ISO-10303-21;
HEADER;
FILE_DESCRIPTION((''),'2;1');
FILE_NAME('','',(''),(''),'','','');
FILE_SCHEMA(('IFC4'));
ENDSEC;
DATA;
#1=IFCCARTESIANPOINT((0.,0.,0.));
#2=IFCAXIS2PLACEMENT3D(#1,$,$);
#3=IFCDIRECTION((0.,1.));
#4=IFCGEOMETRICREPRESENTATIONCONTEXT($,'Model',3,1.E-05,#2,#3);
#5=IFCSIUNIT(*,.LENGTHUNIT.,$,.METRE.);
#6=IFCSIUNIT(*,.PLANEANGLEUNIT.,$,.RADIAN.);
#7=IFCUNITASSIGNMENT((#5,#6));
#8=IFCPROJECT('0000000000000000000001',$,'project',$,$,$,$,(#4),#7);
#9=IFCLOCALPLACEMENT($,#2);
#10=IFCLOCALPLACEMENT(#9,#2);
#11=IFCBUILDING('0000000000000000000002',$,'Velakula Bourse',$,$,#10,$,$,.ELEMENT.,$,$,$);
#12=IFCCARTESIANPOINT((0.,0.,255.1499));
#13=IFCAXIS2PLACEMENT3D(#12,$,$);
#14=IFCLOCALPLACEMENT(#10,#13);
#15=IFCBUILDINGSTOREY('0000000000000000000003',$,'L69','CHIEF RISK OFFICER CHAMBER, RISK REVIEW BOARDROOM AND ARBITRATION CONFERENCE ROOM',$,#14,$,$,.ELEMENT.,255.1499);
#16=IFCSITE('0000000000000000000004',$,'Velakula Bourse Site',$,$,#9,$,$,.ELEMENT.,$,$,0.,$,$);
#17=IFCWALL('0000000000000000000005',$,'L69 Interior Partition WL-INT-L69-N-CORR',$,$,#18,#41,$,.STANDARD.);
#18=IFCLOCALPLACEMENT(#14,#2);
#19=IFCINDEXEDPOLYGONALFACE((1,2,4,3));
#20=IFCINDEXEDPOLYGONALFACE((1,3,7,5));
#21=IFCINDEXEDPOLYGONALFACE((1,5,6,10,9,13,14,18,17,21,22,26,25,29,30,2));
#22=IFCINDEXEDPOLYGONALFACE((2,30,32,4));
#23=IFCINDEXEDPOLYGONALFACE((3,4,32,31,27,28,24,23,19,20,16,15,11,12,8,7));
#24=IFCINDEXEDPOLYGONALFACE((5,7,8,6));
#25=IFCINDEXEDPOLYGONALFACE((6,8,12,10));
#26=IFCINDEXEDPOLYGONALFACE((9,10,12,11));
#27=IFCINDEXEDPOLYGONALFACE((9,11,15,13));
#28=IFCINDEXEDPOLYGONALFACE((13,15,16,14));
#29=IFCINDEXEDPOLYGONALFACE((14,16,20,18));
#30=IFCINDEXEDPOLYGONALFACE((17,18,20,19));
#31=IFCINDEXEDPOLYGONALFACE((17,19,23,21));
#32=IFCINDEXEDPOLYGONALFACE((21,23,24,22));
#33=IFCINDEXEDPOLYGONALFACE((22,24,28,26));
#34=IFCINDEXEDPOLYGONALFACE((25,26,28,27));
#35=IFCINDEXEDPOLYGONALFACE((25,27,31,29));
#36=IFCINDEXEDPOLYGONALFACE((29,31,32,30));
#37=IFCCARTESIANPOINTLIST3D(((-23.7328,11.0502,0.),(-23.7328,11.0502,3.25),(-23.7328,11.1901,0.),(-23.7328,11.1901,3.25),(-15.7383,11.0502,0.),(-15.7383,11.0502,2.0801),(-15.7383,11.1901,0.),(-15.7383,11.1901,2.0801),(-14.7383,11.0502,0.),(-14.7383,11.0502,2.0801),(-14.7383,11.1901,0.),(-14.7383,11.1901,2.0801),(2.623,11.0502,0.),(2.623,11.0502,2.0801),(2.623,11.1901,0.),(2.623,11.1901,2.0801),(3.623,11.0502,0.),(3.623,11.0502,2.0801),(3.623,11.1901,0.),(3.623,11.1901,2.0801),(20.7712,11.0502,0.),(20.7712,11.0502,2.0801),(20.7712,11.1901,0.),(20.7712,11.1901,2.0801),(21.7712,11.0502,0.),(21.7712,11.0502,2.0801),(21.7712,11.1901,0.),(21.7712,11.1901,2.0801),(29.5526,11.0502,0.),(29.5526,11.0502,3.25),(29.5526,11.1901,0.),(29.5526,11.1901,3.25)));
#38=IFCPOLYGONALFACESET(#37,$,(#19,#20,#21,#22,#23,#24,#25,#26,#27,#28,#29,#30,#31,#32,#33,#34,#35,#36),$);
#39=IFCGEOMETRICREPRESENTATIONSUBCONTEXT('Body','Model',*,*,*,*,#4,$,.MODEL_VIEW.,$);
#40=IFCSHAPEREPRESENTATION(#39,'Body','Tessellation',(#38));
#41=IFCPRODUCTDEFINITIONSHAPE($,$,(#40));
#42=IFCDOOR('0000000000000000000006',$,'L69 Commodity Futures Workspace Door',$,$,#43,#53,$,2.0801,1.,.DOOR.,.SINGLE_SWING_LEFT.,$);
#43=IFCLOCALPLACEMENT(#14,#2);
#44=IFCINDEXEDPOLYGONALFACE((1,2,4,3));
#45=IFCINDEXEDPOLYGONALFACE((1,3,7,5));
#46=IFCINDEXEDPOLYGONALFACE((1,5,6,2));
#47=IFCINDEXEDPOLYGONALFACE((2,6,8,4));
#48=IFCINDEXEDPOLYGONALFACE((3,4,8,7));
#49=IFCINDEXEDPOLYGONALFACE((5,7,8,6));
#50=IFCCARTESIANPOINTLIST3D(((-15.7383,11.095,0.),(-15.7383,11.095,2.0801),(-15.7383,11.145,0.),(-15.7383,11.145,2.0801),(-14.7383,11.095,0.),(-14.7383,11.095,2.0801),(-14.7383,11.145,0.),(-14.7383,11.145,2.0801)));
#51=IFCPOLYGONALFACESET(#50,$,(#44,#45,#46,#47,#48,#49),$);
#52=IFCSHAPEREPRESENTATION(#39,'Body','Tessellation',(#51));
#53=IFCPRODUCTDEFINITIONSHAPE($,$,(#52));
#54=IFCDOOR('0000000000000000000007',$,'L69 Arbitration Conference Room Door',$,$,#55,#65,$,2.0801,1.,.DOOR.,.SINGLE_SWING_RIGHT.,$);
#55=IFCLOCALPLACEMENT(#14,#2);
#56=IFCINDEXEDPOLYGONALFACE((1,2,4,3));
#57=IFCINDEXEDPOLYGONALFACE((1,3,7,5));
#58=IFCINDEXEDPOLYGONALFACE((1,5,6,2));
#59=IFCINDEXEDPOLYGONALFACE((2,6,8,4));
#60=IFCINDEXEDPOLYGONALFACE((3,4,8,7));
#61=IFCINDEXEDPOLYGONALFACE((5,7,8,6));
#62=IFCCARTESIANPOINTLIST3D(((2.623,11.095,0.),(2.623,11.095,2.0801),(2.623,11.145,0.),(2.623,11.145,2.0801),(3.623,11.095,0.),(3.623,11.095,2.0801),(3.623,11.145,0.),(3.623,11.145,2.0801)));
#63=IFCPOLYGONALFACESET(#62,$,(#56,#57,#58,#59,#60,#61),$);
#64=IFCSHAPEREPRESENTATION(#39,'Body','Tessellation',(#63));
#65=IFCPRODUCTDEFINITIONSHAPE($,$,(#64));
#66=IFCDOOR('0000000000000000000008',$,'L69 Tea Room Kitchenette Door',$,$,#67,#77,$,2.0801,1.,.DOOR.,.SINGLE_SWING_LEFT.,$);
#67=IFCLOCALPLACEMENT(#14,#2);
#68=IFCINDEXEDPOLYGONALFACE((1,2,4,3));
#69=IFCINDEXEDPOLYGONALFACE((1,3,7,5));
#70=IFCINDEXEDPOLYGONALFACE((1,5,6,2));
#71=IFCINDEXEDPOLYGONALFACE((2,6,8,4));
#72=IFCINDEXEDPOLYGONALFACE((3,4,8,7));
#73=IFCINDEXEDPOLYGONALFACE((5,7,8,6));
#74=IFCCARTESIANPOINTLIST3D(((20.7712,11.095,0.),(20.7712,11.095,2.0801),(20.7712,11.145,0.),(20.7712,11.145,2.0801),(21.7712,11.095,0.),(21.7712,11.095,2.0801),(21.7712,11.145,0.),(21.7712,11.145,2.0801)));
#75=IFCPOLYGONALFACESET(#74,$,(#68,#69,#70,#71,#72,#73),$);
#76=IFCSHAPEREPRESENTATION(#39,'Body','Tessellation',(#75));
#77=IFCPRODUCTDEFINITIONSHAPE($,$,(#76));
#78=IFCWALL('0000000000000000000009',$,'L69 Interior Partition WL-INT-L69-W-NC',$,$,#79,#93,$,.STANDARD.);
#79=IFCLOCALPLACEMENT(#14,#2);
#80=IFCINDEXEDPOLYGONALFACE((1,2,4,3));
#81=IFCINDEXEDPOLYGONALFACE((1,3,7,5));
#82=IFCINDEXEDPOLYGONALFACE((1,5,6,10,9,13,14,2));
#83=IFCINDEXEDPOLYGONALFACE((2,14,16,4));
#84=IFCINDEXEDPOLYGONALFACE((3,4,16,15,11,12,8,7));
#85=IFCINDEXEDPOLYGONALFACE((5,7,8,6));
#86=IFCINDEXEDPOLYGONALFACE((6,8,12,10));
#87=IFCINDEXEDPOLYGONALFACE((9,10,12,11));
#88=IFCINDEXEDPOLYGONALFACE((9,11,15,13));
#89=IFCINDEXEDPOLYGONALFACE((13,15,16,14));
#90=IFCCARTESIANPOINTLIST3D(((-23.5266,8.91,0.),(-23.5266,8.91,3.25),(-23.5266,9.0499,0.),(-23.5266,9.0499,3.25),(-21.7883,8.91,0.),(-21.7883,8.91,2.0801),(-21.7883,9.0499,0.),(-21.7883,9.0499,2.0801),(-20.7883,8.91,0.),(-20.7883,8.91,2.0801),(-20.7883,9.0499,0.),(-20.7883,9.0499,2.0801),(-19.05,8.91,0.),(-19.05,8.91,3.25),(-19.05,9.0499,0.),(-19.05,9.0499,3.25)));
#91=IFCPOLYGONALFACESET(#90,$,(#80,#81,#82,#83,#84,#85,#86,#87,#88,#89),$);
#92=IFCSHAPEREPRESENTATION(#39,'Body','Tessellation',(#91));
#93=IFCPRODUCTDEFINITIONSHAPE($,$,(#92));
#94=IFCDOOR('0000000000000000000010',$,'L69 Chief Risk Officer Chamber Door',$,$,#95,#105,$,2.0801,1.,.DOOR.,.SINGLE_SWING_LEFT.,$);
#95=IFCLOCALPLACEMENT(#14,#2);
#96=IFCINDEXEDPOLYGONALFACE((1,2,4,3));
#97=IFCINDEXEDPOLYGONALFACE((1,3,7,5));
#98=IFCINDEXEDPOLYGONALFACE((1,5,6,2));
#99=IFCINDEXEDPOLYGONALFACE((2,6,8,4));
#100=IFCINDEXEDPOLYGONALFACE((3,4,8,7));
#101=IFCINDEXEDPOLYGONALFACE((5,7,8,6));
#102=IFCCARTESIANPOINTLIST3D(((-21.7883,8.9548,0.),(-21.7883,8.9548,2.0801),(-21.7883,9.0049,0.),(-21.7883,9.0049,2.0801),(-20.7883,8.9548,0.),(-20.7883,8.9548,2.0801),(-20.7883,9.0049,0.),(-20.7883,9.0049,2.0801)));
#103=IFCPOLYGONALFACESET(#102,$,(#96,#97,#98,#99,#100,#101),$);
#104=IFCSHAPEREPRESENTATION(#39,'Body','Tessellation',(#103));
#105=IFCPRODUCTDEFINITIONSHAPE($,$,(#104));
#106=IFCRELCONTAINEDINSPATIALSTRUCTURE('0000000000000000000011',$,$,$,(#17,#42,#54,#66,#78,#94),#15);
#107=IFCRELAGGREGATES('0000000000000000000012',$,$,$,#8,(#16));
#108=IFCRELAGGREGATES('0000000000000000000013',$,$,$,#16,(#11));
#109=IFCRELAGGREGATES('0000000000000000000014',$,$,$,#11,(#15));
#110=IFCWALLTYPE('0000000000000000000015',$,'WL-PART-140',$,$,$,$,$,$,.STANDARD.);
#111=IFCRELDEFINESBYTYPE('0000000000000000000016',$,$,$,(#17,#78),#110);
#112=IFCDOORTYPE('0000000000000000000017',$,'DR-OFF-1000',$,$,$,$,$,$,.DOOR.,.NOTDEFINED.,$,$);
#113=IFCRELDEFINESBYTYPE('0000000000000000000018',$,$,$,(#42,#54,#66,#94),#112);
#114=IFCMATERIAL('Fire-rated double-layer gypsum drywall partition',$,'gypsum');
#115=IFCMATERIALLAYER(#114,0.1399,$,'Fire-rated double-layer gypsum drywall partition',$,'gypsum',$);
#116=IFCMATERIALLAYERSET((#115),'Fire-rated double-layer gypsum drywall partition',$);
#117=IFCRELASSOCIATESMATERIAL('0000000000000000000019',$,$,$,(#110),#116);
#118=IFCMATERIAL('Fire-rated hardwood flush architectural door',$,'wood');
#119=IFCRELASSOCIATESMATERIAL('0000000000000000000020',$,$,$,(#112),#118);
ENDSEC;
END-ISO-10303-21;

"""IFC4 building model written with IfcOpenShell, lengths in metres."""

from ifc_helpers import new_model, si_unit, direction, frame, frame_2d, origin, place, context, subcontext, project, spatial, rectangle, extrude, material, layer, layer_set, type_object, element, fill, save


model = new_model("IFC4")

# Units and contexts
model_context = context("Model", 3, precision=1e-05, world=origin(), true_north=direction((0.0, 1.0)))
body_context = subcontext(model_context, "Body", "Model", "MODEL_VIEW")
ifc_project = project(units=[si_unit("LENGTHUNIT", "METRE"), si_unit("PLANEANGLEUNIT", "RADIAN")], contexts=[model_context])

# Site, building, storey
site_placement = place(None, origin())
site = spatial("IfcSite", under=ifc_project, at=site_placement, Name="Velakula Bourse Site", CompositionType="ELEMENT", RefElevation=0.0)
building_placement = place(site_placement, origin())
building = spatial("IfcBuilding", under=site, at=building_placement, Name="Velakula Bourse", CompositionType="ELEMENT")
storey_placement = place(building_placement, frame((0.0, 0.0, 255.1499)))
storey = spatial("IfcBuildingStorey", under=building, at=storey_placement, Name="L69", Description="CHIEF RISK OFFICER CHAMBER, RISK REVIEW BOARDROOM AND ARBITRATION CONFERENCE ROOM", CompositionType="ELEMENT", Elevation=255.1499)

# Shared definitions
ifc_material_1 = material(Name="Fire-rated hardwood flush architectural door", Category="wood")

# Wall, openings, doors
ifc_material_2 = material(Name="Fire-rated double-layer gypsum drywall partition", Category="gypsum")
ifc_layer_1 = layer(ifc_material_2, 0.1399, Name="Fire-rated double-layer gypsum drywall partition", Category="gypsum")
ifc_layer_set_1 = layer_set([ifc_layer_1], Name="Fire-rated double-layer gypsum drywall partition")
wall_type_1 = type_object("IfcWallType", Name="WL-PART-140", PredefinedType="STANDARD", material=ifc_layer_set_1)
wall_1_placement = place(storey_placement, frame((-23.7327, 11.1201, 0.0), z_axis=(0.0, 0.0, 1.0), x_axis=(1.0, 0.0, 0.0)))
wall_1 = element("IfcWall", 1, at=wall_1_placement, inside=storey, type_object=wall_type_1, Name="L69 Interior Partition WL-INT-L69-N-CORR", PredefinedType="STANDARD", context=body_context, shape_type="SweptSolid", body=[
    extrude(rectangle(XDim=53.2854, YDim=0.1399, at=frame_2d((26.6426, 0.0))), origin(), (0.0, 0.0, 1.0), 3.25),
])
opening_1_placement = place(wall_1_placement, frame((7.9944, 0.0, 0.0)))
opening_1 = element("IfcOpeningElement", 2, at=opening_1_placement, cuts=wall_1, PredefinedType="OPENING", context=body_context, shape_type="SweptSolid", body=[
    extrude(rectangle(XDim=1.0, YDim=2.0801, at=frame_2d((0.5, 1.04))), frame((0.0, 0.0798, 0.0), z_axis=(0.0, -1.0, 0.0), x_axis=(1.0, 0.0, 0.0)), (0.0, 0.0, 1.0), 0.1599),
])
opening_2_placement = place(wall_1_placement, frame((26.3557, 0.0, 0.0)))
opening_2 = element("IfcOpeningElement", 3, at=opening_2_placement, cuts=wall_1, PredefinedType="OPENING", context=body_context, shape_type="SweptSolid", body=[
    extrude(rectangle(XDim=1.0, YDim=2.0801, at=frame_2d((0.5, 1.04))), frame((0.0, 0.0798, 0.0), z_axis=(0.0, -1.0, 0.0), x_axis=(1.0, 0.0, 0.0)), (0.0, 0.0, 1.0), 0.1599),
])
opening_3_placement = place(wall_1_placement, frame((44.5039, 0.0, 0.0)))
opening_3 = element("IfcOpeningElement", 4, at=opening_3_placement, cuts=wall_1, PredefinedType="OPENING", context=body_context, shape_type="SweptSolid", body=[
    extrude(rectangle(XDim=1.0, YDim=2.0801, at=frame_2d((0.5, 1.04))), frame((0.0, 0.0798, 0.0), z_axis=(0.0, -1.0, 0.0), x_axis=(1.0, 0.0, 0.0)), (0.0, 0.0, 1.0), 0.1599),
])
door_type_1 = type_object("IfcDoorType", Name="DR-OFF-1000", OperationType="NOTDEFINED", PredefinedType="DOOR", material=ifc_material_1)
door_1_placement = place(opening_1_placement, origin())
door_1 = element("IfcDoor", 5, at=door_1_placement, inside=storey, type_object=door_type_1, Name="L69 Commodity Futures Workspace Door", OperationType="SINGLE_SWING_LEFT", OverallHeight=2.0801, OverallWidth=1.0, PredefinedType="DOOR", context=body_context, shape_type="SweptSolid", body=[
    extrude(rectangle(XDim=1.0, YDim=2.0801, at=frame_2d((0.5, 1.04))), frame((0.0, 0.0249, 0.0), z_axis=(0.0, -1.0, 0.0), x_axis=(1.0, 0.0, 0.0)), (0.0, 0.0, 1.0), 0.05),
])
fill(opening_1, door_1)
door_2_placement = place(opening_2_placement, origin())
door_2 = element("IfcDoor", 6, at=door_2_placement, inside=storey, type_object=door_type_1, Name="L69 Arbitration Conference Room Door", OperationType="SINGLE_SWING_RIGHT", OverallHeight=2.0801, OverallWidth=1.0, PredefinedType="DOOR", context=body_context, shape_type="SweptSolid", body=[
    extrude(rectangle(XDim=1.0, YDim=2.0801, at=frame_2d((0.5, 1.04))), frame((0.0, 0.0249, 0.0), z_axis=(0.0, -1.0, 0.0), x_axis=(1.0, 0.0, 0.0)), (0.0, 0.0, 1.0), 0.05),
])
fill(opening_2, door_2)
door_3_placement = place(opening_3_placement, origin())
door_3 = element("IfcDoor", 7, at=door_3_placement, inside=storey, type_object=door_type_1, Name="L69 Tea Room Kitchenette Door", OperationType="SINGLE_SWING_LEFT", OverallHeight=2.0801, OverallWidth=1.0, PredefinedType="DOOR", context=body_context, shape_type="SweptSolid", body=[
    extrude(rectangle(XDim=1.0, YDim=2.0801, at=frame_2d((0.5, 1.04))), frame((0.0, 0.0249, 0.0), z_axis=(0.0, -1.0, 0.0), x_axis=(1.0, 0.0, 0.0)), (0.0, 0.0, 1.0), 0.05),
])
fill(opening_3, door_3)

# Wall, opening, door
wall_2_placement = place(storey_placement, frame((-23.5266, 8.98, 0.0), z_axis=(0.0, 0.0, 1.0), x_axis=(1.0, 0.0, 0.0)))
wall_2 = element("IfcWall", 8, at=wall_2_placement, inside=storey, type_object=wall_type_1, Name="L69 Interior Partition WL-INT-L69-W-NC", PredefinedType="STANDARD", context=body_context, shape_type="SweptSolid", body=[
    extrude(rectangle(XDim=4.4766, YDim=0.1399, at=frame_2d((2.2383, 0.0))), origin(), (0.0, 0.0, 1.0), 3.25),
])
opening_4_placement = place(wall_2_placement, frame((1.7383, 0.0, 0.0)))
opening_4 = element("IfcOpeningElement", 9, at=opening_4_placement, cuts=wall_2, PredefinedType="OPENING", context=body_context, shape_type="SweptSolid", body=[
    extrude(rectangle(XDim=1.0, YDim=2.0801, at=frame_2d((0.5, 1.04))), frame((0.0, 0.0798, 0.0), z_axis=(0.0, -1.0, 0.0), x_axis=(1.0, 0.0, 0.0)), (0.0, 0.0, 1.0), 0.1599),
])
door_4_placement = place(opening_4_placement, origin())
door_4 = element("IfcDoor", 10, at=door_4_placement, inside=storey, type_object=door_type_1, Name="L69 Chief Risk Officer Chamber Door", OperationType="SINGLE_SWING_LEFT", OverallHeight=2.0801, OverallWidth=1.0, PredefinedType="DOOR", context=body_context, shape_type="SweptSolid", body=[
    extrude(rectangle(XDim=1.0, YDim=2.0801, at=frame_2d((0.5, 1.04))), frame((0.0, 0.0249, 0.0), z_axis=(0.0, -1.0, 0.0), x_axis=(1.0, 0.0, 0.0)), (0.0, 0.0, 1.0), 0.05),
])
fill(opening_4, door_4)

save(model, "model.ifc")
